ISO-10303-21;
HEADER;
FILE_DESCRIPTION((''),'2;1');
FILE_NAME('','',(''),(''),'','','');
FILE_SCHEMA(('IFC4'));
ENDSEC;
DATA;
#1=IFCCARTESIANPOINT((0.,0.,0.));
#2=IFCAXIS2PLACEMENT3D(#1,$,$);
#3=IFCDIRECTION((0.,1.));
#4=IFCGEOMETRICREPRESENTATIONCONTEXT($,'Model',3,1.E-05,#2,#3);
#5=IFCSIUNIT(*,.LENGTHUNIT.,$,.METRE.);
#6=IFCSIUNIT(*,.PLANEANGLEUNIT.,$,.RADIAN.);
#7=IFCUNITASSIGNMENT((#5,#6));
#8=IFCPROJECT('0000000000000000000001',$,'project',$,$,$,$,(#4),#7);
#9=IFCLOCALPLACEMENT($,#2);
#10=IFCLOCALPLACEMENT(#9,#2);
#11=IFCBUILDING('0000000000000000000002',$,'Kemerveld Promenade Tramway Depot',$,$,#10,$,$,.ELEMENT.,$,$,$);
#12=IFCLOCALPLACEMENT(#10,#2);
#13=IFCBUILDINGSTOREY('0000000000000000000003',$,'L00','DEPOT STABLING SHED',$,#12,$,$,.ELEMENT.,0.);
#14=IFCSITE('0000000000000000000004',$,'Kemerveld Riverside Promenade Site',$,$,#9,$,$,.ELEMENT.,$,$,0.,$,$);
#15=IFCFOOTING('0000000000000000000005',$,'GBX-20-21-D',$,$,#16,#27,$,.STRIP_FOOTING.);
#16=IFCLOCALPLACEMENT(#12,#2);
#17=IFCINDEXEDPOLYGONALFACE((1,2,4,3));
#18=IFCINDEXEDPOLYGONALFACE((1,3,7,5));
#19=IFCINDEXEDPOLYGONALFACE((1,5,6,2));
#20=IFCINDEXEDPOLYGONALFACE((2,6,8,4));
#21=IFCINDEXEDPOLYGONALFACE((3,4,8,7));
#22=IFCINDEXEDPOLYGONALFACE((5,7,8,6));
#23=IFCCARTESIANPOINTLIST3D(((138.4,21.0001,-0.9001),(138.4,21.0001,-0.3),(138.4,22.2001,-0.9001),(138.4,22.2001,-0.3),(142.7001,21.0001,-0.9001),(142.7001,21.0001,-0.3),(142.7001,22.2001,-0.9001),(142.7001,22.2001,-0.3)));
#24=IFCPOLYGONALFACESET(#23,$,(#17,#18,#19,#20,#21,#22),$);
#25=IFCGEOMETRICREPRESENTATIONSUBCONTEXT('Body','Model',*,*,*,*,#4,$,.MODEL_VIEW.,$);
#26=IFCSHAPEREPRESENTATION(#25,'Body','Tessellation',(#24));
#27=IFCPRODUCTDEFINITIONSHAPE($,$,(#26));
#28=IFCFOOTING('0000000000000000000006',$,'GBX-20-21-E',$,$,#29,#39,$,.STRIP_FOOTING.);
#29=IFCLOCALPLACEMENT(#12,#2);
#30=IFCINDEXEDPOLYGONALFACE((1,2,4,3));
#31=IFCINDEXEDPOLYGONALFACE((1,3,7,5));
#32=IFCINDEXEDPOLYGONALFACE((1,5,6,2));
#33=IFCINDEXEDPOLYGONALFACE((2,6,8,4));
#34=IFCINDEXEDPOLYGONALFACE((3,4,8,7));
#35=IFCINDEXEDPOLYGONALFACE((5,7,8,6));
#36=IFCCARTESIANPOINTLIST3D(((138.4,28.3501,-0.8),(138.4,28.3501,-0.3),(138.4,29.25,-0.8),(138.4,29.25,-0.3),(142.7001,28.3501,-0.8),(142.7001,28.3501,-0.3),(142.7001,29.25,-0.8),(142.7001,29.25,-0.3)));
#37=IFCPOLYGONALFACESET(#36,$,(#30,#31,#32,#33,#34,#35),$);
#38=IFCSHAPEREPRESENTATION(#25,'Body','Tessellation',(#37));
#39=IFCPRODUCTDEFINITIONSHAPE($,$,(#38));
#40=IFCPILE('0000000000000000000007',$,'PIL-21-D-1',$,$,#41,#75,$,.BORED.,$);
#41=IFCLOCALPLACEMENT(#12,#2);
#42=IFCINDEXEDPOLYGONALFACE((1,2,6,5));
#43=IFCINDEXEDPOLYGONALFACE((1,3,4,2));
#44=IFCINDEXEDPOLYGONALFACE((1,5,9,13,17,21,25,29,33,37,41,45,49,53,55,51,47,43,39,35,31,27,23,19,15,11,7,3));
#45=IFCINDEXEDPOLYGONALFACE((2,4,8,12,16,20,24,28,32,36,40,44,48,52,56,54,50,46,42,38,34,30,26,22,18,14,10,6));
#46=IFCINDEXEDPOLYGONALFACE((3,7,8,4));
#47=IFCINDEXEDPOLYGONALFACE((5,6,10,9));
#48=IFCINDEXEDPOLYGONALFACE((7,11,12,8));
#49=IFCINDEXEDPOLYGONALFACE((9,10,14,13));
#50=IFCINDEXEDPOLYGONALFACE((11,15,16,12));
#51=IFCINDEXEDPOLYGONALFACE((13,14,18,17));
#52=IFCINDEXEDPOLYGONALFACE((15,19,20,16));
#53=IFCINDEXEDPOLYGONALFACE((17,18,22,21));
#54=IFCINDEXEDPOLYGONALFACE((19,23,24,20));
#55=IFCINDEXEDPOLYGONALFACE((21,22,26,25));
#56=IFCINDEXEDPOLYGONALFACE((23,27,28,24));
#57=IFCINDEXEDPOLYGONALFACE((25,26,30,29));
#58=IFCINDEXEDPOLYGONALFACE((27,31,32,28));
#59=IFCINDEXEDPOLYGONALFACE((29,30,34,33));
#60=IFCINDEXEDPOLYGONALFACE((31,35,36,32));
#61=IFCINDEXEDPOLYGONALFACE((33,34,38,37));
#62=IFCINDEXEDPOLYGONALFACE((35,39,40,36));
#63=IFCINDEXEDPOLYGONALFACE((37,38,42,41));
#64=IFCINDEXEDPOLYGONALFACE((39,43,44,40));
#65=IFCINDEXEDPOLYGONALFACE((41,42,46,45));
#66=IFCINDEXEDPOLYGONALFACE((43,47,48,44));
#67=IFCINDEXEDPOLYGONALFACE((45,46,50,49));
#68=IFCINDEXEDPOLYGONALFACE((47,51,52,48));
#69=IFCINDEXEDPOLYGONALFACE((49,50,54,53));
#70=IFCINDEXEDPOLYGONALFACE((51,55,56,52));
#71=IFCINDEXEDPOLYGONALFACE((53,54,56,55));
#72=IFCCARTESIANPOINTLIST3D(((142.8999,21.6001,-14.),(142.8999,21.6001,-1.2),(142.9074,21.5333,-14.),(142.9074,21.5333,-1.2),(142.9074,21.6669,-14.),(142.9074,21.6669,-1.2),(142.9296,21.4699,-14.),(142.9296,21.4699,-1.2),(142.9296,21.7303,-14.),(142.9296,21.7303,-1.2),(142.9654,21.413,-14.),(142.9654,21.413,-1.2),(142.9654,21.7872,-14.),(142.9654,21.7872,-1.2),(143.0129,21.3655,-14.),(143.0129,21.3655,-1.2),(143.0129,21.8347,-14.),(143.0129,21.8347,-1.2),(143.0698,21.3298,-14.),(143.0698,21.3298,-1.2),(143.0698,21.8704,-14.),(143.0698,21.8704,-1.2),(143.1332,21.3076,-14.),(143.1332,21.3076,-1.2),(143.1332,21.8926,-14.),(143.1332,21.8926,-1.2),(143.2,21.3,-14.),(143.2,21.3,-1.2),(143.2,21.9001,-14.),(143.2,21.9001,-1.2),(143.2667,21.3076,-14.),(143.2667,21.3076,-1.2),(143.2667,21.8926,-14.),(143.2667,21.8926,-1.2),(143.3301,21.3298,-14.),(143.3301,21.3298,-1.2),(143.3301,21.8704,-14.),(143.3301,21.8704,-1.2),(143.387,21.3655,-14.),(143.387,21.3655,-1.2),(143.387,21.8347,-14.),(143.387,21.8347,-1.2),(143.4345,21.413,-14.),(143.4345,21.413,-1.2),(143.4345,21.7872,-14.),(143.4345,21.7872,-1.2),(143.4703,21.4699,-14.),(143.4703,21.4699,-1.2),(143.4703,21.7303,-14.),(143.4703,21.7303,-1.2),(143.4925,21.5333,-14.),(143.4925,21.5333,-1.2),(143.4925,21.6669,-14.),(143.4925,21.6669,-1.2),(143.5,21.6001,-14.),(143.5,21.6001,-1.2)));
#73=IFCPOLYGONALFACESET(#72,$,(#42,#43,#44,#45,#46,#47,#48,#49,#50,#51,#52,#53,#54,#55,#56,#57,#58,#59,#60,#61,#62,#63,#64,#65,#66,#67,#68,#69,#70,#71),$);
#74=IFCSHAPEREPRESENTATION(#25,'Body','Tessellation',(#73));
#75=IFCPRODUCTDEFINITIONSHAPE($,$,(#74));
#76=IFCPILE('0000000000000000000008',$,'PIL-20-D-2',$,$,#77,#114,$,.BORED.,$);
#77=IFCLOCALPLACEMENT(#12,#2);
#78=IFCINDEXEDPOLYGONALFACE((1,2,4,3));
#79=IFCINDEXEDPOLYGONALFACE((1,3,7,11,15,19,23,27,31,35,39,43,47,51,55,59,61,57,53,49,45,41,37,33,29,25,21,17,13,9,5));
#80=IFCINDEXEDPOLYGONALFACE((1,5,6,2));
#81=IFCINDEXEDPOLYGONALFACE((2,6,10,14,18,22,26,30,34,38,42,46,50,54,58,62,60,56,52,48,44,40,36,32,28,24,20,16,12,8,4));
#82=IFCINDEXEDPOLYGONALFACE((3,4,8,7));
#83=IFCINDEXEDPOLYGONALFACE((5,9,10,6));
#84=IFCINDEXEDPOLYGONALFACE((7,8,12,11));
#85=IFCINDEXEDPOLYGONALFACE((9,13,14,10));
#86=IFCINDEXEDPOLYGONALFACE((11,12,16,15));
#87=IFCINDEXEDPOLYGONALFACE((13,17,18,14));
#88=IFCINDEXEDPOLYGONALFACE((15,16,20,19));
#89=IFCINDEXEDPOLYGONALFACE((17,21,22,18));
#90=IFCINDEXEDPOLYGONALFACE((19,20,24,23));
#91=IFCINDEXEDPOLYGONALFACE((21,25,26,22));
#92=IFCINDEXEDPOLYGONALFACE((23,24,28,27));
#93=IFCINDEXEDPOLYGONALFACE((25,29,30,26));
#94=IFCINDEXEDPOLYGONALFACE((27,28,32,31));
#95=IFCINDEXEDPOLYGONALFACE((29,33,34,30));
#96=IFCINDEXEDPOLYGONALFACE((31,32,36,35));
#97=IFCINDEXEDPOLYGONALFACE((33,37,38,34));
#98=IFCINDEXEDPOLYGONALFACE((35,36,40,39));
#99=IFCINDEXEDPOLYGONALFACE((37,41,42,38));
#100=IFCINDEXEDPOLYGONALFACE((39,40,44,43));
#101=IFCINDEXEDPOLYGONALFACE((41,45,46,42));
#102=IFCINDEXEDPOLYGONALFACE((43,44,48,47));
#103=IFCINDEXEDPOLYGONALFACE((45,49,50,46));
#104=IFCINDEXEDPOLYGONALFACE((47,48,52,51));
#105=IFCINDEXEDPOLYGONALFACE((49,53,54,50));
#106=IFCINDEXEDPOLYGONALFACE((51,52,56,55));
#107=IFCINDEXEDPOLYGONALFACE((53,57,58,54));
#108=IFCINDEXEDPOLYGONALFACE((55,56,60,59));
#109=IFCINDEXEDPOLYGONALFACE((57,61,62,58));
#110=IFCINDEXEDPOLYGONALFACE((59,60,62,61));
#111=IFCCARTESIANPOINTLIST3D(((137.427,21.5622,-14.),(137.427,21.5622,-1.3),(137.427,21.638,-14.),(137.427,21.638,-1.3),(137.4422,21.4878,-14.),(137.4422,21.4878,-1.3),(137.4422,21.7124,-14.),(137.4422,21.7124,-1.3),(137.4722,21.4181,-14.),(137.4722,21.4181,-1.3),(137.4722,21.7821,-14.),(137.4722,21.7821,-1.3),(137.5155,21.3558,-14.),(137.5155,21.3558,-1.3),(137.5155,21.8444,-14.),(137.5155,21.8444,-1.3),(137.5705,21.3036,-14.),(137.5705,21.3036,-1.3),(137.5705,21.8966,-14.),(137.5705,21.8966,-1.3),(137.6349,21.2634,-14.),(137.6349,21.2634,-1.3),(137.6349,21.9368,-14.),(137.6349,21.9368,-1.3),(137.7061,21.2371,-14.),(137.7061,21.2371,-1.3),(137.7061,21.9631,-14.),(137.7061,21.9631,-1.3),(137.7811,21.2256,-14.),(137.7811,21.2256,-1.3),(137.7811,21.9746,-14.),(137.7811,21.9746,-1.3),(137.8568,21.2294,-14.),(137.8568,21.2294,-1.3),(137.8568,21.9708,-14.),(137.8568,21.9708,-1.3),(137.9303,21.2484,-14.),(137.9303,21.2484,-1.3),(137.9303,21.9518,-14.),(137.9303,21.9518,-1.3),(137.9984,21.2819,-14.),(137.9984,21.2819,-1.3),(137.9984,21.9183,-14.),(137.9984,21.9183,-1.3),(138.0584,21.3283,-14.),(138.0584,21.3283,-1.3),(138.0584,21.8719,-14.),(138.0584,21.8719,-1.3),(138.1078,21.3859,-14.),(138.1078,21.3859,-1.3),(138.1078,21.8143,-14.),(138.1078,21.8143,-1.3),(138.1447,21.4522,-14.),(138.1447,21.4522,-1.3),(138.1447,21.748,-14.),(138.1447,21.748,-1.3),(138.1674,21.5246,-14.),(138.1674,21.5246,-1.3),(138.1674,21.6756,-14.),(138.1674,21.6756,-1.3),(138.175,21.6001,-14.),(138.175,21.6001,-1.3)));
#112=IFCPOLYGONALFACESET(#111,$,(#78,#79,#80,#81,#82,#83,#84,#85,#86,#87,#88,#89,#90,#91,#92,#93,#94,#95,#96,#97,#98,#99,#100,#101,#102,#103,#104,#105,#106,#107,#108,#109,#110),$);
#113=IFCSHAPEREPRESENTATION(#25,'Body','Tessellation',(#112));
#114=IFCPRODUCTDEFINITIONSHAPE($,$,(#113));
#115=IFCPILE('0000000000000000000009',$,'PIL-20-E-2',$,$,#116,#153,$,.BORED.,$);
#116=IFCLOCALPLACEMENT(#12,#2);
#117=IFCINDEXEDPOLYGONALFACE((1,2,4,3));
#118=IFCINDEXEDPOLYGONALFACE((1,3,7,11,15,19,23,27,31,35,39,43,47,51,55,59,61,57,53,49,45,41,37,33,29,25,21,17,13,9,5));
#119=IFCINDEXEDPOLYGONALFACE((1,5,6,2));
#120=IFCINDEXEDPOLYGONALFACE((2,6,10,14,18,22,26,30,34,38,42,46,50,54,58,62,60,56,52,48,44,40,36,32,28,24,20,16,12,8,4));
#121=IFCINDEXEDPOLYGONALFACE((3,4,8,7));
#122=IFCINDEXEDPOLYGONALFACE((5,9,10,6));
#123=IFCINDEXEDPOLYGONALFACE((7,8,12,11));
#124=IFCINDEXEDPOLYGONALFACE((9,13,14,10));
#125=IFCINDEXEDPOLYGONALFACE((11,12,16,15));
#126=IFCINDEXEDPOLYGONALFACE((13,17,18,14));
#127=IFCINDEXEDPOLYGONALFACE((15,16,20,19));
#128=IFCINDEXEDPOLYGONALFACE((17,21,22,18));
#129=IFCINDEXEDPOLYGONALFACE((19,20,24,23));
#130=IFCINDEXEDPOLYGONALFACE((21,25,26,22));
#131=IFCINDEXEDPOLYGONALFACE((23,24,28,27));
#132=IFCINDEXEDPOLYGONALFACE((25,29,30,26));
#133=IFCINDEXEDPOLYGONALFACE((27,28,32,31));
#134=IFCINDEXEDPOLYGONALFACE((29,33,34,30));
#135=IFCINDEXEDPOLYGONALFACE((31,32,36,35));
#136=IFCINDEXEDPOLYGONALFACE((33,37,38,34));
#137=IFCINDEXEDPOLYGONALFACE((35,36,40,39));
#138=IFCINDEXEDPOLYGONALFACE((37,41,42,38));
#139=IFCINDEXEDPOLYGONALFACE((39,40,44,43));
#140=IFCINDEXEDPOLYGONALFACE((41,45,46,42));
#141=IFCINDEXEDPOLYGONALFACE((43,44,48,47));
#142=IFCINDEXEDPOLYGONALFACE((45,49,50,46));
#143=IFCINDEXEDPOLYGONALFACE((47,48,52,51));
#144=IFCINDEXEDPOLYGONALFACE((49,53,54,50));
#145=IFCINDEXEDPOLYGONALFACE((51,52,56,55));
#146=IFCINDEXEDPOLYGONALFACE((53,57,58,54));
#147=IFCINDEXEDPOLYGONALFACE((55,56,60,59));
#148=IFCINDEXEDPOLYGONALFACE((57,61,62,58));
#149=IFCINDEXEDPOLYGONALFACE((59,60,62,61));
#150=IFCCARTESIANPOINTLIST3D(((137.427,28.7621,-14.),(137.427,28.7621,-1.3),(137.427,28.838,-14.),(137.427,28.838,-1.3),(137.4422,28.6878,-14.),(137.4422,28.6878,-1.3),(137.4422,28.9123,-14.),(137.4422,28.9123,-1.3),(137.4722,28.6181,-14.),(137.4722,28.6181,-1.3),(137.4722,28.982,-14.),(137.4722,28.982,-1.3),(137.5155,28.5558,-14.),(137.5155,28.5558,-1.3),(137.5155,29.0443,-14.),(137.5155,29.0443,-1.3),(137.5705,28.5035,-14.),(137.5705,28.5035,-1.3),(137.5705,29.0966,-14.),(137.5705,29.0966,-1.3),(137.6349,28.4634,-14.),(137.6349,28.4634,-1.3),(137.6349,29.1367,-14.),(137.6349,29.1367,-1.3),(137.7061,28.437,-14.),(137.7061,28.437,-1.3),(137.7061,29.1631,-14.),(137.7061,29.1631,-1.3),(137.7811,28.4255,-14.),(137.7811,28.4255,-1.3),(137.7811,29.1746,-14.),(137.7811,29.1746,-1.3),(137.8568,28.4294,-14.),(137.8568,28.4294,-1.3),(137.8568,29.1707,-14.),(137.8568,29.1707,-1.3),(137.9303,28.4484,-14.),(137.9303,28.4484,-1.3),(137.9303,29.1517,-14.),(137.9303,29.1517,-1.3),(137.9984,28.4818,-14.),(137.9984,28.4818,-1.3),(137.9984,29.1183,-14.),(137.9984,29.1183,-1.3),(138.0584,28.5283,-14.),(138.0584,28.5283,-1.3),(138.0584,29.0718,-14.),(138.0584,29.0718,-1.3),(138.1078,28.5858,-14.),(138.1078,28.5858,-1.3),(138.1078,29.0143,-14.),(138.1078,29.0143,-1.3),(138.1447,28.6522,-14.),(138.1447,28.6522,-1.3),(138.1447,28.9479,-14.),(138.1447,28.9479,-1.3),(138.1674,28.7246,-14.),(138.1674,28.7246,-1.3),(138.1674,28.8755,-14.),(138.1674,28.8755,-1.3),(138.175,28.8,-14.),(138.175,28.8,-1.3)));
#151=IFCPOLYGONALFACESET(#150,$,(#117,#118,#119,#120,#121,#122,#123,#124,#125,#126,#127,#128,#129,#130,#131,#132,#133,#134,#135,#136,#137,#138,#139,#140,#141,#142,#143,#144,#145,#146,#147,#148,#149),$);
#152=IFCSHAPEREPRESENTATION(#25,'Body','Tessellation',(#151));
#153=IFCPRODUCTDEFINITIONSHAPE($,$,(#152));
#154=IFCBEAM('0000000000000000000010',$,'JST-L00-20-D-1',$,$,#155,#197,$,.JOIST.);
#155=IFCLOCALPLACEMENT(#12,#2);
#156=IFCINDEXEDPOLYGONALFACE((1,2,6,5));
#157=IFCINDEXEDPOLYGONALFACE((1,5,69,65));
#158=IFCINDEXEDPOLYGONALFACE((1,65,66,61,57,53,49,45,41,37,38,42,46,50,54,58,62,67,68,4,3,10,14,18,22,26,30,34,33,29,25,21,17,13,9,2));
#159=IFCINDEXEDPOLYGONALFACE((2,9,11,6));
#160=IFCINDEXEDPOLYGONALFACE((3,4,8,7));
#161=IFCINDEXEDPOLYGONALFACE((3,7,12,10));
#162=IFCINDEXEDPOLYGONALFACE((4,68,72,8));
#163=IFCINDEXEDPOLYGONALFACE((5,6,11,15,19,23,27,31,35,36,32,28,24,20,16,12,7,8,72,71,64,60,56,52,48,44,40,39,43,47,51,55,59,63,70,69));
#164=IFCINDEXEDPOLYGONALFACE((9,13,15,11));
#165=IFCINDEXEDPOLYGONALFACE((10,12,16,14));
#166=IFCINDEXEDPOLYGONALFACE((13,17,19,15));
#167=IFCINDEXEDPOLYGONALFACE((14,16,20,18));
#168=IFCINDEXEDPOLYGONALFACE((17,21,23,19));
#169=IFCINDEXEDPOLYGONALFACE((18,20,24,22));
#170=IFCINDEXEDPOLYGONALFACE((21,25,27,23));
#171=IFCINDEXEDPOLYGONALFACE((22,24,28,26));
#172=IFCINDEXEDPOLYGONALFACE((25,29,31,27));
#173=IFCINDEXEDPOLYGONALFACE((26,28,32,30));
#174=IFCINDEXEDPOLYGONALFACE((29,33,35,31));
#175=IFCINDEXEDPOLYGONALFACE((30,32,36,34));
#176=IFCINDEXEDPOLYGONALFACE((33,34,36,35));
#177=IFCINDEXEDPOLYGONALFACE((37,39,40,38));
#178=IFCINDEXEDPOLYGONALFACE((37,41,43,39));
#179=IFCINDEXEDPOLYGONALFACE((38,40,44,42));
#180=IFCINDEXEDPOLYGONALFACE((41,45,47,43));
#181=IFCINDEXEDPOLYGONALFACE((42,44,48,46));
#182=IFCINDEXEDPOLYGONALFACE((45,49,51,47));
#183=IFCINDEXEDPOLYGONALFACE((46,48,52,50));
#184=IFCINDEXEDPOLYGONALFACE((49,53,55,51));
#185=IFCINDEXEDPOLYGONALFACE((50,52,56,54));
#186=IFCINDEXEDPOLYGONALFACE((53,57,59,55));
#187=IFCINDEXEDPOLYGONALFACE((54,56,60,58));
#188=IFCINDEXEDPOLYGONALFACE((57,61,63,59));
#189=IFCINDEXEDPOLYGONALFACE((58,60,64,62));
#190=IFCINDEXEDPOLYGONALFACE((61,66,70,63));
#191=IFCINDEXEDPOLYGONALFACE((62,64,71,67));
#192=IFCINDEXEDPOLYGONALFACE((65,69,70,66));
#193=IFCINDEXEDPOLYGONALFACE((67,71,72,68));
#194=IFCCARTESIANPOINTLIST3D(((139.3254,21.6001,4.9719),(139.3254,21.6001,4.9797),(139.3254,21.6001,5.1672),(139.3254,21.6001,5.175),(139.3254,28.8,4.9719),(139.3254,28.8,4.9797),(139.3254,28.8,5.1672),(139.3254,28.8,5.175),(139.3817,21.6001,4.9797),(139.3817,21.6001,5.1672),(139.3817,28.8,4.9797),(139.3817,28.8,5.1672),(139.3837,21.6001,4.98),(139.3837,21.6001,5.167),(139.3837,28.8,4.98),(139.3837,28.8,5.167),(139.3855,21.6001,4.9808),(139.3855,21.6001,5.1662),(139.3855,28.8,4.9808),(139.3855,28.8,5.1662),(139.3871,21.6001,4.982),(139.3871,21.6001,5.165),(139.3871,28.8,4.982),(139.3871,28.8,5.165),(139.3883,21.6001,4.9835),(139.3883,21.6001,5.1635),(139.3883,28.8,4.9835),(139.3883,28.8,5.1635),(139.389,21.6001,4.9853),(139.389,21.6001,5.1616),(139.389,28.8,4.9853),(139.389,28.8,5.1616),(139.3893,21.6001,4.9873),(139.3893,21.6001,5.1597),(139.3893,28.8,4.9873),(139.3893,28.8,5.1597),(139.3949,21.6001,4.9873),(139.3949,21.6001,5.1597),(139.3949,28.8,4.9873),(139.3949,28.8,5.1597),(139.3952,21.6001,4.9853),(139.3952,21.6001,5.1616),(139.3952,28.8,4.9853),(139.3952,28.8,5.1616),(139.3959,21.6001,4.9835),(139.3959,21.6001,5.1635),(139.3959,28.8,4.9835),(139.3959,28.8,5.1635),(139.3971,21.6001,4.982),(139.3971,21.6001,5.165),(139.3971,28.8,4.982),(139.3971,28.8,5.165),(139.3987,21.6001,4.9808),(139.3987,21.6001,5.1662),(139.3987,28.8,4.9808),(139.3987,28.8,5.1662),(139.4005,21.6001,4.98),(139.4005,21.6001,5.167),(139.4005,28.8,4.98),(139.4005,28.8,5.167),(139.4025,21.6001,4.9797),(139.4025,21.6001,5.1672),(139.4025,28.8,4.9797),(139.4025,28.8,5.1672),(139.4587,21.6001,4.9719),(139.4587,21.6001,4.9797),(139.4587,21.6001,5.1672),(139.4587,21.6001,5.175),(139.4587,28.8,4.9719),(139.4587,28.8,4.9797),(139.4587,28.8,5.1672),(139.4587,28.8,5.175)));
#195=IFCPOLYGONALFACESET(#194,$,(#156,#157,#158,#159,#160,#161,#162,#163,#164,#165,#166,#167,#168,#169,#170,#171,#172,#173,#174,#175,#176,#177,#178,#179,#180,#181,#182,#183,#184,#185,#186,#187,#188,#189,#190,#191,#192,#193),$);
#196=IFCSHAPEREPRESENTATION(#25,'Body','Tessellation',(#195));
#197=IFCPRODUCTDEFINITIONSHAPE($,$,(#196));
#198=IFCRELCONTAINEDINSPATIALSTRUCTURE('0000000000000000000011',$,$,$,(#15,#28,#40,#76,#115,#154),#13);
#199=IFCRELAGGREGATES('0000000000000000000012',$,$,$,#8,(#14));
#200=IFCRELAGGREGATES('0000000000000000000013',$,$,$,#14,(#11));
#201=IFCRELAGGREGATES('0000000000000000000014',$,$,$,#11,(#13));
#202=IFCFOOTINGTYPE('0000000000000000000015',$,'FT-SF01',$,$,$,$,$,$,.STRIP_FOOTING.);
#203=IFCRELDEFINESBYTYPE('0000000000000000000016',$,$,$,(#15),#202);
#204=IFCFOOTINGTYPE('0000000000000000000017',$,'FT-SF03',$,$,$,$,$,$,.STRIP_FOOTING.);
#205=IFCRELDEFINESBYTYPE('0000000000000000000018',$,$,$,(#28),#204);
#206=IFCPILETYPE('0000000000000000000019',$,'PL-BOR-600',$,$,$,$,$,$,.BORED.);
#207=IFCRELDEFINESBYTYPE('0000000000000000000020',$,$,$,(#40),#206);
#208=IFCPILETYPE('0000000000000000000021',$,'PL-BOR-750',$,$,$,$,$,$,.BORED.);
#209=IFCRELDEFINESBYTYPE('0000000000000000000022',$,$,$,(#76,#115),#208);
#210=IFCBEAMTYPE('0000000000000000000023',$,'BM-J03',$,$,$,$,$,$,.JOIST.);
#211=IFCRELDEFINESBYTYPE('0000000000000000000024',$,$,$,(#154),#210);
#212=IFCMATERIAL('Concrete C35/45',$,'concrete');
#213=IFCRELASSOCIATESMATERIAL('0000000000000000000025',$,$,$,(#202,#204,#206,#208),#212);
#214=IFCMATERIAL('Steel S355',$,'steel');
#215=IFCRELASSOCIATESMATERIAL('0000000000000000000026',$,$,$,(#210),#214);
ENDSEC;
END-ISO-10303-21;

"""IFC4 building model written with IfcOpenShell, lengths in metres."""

from ifc_helpers import new_model, si_unit, direction, frame, origin, origin_2d, place, context, subcontext, project, spatial, rectangle, circle, i_section, extrude, material, material_profile, profile_set, type_object, element, save


model = new_model("IFC4")

# Units and contexts
model_context = context("Model", 3, precision=1e-05, world=origin(), true_north=direction((0.0, 1.0)))
body_context = subcontext(model_context, "Body", "Model", "MODEL_VIEW")
ifc_project = project(units=[si_unit("LENGTHUNIT", "METRE"), si_unit("PLANEANGLEUNIT", "RADIAN")], contexts=[model_context])

# Site, building, storey
site_placement = place(None, origin())
site = spatial("IfcSite", under=ifc_project, at=site_placement, Name="Kemerveld Riverside Promenade Site", CompositionType="ELEMENT", RefElevation=0.0)
building_placement = place(site_placement, origin())
building = spatial("IfcBuilding", under=site, at=building_placement, Name="Kemerveld Promenade Tramway Depot", CompositionType="ELEMENT")
storey_placement = place(building_placement, origin())
storey = spatial("IfcBuildingStorey", under=building, at=storey_placement, Name="L00", Description="DEPOT STABLING SHED", CompositionType="ELEMENT", Elevation=0.0)

# Footings
ifc_material_1 = material(Name="Concrete C35/45", Category="concrete")
footing_type_1 = type_object("IfcFootingType", Name="FT-SF01", PredefinedType="STRIP_FOOTING", material=ifc_material_1)
footing_1_placement = place(storey_placement, frame((140.55, 21.6001, -0.9001), z_axis=(0.0, 0.0, 1.0), x_axis=(1.0, 0.0, 0.0)))
element("IfcFooting", 1, at=footing_1_placement, inside=storey, type_object=footing_type_1, Name="GBX-20-21-D", PredefinedType="STRIP_FOOTING", context=body_context, shape_type="SweptSolid", body=[
    extrude(rectangle(XDim=4.3, YDim=1.2, at=origin_2d()), origin(), (0.0, 0.0, 1.0), 0.6001),
])
footing_type_2 = type_object("IfcFootingType", Name="FT-SF03", PredefinedType="STRIP_FOOTING", material=ifc_material_1)
footing_2_placement = place(storey_placement, frame((140.55, 28.8, -0.8), z_axis=(0.0, 0.0, 1.0), x_axis=(1.0, 0.0, 0.0)))
element("IfcFooting", 2, at=footing_2_placement, inside=storey, type_object=footing_type_2, Name="GBX-20-21-E", PredefinedType="STRIP_FOOTING", context=body_context, shape_type="SweptSolid", body=[
    extrude(rectangle(XDim=4.3, YDim=0.8999, at=origin_2d()), origin(), (0.0, 0.0, 1.0), 0.5),
])

# Piles
ifc_material_profile_1 = material_profile(ifc_material_1, circle(Radius=0.3, at=origin_2d()), Name="PILE-D600")
ifc_profile_set_1 = profile_set([ifc_material_profile_1], Name="Concrete C35/45")
pile_type_1 = type_object("IfcPileType", Name="PL-BOR-600", PredefinedType="BORED", material=ifc_profile_set_1)
pile_placement = place(storey_placement, frame((143.2, 21.6001, -1.2), z_axis=(0.0, 0.0, -1.0), x_axis=(1.0, 0.0, 0.0)))
element("IfcPile", 3, at=pile_placement, inside=storey, type_object=pile_type_1, Name="PIL-21-D-1", PredefinedType="BORED", context=body_context, shape_type="SweptSolid", body=[
    extrude(circle(Radius=0.3, at=origin_2d()), origin(), (0.0, 0.0, 1.0), 12.8),
])
ifc_material_profile_2 = material_profile(ifc_material_1, circle(Radius=0.375, at=origin_2d()), Name="PILE-D750")
ifc_profile_set_2 = profile_set([ifc_material_profile_2], Name="Concrete C35/45")
pile_type_2 = type_object("IfcPileType", Name="PL-BOR-750", PredefinedType="BORED", material=ifc_profile_set_2)
for number, where, z_axis, x_axis, name in (
    (4, (137.8, 21.6001, -1.3), (0.0, 0.0, -1.0), (1.0, 0.0, 0.0), "PIL-20-D-2"),
    (5, (137.8, 28.8, -1.3), (0.0, 0.0, -1.0), (1.0, 0.0, 0.0), "PIL-20-E-2"),
):
    element("IfcPile", number, at=place(storey_placement, frame(where, z_axis=z_axis, x_axis=x_axis)), inside=storey, type_object=pile_type_2, Name=name, PredefinedType="BORED", context=body_context, shape_type="SweptSolid", body=[
        extrude(circle(Radius=0.375, at=origin_2d()), origin(), (0.0, 0.0, 1.0), 12.7),
    ])

# Beam
ifc_material_2 = material(Name="Steel S355", Category="steel")
ifc_material_profile_3 = material_profile(ifc_material_2, i_section(OverallWidth=0.1333, OverallDepth=0.2031, WebThickness=0.0056, FlangeThickness=0.0078, FilletRadius=0.0076, at=origin_2d()), Name="203x133x25 UB")
ifc_profile_set_3 = profile_set([ifc_material_profile_3], Name="Steel S355")
beam_type = type_object("IfcBeamType", Name="BM-J03", PredefinedType="JOIST", material=ifc_profile_set_3)
for number, where, z_axis, x_axis, name in (
    (6, (139.3921, 21.6001, 5.0735), (0.0, 1.0, 0.0), (-1.0, 0.0, 0.0), "JST-L00-20-D-1"),
):
    element("IfcBeam", number, at=place(storey_placement, frame(where, z_axis=z_axis, x_axis=x_axis)), inside=storey, type_object=beam_type, Name=name, PredefinedType="JOIST", context=body_context, shape_type="SweptSolid", body=[
        extrude(i_section(OverallWidth=0.1333, OverallDepth=0.2031, WebThickness=0.0056, FlangeThickness=0.0078, FilletRadius=0.0076, at=origin_2d()), origin(), (0.0, 0.0, 1.0), 7.2),
    ])

save(model, "model.ifc")
